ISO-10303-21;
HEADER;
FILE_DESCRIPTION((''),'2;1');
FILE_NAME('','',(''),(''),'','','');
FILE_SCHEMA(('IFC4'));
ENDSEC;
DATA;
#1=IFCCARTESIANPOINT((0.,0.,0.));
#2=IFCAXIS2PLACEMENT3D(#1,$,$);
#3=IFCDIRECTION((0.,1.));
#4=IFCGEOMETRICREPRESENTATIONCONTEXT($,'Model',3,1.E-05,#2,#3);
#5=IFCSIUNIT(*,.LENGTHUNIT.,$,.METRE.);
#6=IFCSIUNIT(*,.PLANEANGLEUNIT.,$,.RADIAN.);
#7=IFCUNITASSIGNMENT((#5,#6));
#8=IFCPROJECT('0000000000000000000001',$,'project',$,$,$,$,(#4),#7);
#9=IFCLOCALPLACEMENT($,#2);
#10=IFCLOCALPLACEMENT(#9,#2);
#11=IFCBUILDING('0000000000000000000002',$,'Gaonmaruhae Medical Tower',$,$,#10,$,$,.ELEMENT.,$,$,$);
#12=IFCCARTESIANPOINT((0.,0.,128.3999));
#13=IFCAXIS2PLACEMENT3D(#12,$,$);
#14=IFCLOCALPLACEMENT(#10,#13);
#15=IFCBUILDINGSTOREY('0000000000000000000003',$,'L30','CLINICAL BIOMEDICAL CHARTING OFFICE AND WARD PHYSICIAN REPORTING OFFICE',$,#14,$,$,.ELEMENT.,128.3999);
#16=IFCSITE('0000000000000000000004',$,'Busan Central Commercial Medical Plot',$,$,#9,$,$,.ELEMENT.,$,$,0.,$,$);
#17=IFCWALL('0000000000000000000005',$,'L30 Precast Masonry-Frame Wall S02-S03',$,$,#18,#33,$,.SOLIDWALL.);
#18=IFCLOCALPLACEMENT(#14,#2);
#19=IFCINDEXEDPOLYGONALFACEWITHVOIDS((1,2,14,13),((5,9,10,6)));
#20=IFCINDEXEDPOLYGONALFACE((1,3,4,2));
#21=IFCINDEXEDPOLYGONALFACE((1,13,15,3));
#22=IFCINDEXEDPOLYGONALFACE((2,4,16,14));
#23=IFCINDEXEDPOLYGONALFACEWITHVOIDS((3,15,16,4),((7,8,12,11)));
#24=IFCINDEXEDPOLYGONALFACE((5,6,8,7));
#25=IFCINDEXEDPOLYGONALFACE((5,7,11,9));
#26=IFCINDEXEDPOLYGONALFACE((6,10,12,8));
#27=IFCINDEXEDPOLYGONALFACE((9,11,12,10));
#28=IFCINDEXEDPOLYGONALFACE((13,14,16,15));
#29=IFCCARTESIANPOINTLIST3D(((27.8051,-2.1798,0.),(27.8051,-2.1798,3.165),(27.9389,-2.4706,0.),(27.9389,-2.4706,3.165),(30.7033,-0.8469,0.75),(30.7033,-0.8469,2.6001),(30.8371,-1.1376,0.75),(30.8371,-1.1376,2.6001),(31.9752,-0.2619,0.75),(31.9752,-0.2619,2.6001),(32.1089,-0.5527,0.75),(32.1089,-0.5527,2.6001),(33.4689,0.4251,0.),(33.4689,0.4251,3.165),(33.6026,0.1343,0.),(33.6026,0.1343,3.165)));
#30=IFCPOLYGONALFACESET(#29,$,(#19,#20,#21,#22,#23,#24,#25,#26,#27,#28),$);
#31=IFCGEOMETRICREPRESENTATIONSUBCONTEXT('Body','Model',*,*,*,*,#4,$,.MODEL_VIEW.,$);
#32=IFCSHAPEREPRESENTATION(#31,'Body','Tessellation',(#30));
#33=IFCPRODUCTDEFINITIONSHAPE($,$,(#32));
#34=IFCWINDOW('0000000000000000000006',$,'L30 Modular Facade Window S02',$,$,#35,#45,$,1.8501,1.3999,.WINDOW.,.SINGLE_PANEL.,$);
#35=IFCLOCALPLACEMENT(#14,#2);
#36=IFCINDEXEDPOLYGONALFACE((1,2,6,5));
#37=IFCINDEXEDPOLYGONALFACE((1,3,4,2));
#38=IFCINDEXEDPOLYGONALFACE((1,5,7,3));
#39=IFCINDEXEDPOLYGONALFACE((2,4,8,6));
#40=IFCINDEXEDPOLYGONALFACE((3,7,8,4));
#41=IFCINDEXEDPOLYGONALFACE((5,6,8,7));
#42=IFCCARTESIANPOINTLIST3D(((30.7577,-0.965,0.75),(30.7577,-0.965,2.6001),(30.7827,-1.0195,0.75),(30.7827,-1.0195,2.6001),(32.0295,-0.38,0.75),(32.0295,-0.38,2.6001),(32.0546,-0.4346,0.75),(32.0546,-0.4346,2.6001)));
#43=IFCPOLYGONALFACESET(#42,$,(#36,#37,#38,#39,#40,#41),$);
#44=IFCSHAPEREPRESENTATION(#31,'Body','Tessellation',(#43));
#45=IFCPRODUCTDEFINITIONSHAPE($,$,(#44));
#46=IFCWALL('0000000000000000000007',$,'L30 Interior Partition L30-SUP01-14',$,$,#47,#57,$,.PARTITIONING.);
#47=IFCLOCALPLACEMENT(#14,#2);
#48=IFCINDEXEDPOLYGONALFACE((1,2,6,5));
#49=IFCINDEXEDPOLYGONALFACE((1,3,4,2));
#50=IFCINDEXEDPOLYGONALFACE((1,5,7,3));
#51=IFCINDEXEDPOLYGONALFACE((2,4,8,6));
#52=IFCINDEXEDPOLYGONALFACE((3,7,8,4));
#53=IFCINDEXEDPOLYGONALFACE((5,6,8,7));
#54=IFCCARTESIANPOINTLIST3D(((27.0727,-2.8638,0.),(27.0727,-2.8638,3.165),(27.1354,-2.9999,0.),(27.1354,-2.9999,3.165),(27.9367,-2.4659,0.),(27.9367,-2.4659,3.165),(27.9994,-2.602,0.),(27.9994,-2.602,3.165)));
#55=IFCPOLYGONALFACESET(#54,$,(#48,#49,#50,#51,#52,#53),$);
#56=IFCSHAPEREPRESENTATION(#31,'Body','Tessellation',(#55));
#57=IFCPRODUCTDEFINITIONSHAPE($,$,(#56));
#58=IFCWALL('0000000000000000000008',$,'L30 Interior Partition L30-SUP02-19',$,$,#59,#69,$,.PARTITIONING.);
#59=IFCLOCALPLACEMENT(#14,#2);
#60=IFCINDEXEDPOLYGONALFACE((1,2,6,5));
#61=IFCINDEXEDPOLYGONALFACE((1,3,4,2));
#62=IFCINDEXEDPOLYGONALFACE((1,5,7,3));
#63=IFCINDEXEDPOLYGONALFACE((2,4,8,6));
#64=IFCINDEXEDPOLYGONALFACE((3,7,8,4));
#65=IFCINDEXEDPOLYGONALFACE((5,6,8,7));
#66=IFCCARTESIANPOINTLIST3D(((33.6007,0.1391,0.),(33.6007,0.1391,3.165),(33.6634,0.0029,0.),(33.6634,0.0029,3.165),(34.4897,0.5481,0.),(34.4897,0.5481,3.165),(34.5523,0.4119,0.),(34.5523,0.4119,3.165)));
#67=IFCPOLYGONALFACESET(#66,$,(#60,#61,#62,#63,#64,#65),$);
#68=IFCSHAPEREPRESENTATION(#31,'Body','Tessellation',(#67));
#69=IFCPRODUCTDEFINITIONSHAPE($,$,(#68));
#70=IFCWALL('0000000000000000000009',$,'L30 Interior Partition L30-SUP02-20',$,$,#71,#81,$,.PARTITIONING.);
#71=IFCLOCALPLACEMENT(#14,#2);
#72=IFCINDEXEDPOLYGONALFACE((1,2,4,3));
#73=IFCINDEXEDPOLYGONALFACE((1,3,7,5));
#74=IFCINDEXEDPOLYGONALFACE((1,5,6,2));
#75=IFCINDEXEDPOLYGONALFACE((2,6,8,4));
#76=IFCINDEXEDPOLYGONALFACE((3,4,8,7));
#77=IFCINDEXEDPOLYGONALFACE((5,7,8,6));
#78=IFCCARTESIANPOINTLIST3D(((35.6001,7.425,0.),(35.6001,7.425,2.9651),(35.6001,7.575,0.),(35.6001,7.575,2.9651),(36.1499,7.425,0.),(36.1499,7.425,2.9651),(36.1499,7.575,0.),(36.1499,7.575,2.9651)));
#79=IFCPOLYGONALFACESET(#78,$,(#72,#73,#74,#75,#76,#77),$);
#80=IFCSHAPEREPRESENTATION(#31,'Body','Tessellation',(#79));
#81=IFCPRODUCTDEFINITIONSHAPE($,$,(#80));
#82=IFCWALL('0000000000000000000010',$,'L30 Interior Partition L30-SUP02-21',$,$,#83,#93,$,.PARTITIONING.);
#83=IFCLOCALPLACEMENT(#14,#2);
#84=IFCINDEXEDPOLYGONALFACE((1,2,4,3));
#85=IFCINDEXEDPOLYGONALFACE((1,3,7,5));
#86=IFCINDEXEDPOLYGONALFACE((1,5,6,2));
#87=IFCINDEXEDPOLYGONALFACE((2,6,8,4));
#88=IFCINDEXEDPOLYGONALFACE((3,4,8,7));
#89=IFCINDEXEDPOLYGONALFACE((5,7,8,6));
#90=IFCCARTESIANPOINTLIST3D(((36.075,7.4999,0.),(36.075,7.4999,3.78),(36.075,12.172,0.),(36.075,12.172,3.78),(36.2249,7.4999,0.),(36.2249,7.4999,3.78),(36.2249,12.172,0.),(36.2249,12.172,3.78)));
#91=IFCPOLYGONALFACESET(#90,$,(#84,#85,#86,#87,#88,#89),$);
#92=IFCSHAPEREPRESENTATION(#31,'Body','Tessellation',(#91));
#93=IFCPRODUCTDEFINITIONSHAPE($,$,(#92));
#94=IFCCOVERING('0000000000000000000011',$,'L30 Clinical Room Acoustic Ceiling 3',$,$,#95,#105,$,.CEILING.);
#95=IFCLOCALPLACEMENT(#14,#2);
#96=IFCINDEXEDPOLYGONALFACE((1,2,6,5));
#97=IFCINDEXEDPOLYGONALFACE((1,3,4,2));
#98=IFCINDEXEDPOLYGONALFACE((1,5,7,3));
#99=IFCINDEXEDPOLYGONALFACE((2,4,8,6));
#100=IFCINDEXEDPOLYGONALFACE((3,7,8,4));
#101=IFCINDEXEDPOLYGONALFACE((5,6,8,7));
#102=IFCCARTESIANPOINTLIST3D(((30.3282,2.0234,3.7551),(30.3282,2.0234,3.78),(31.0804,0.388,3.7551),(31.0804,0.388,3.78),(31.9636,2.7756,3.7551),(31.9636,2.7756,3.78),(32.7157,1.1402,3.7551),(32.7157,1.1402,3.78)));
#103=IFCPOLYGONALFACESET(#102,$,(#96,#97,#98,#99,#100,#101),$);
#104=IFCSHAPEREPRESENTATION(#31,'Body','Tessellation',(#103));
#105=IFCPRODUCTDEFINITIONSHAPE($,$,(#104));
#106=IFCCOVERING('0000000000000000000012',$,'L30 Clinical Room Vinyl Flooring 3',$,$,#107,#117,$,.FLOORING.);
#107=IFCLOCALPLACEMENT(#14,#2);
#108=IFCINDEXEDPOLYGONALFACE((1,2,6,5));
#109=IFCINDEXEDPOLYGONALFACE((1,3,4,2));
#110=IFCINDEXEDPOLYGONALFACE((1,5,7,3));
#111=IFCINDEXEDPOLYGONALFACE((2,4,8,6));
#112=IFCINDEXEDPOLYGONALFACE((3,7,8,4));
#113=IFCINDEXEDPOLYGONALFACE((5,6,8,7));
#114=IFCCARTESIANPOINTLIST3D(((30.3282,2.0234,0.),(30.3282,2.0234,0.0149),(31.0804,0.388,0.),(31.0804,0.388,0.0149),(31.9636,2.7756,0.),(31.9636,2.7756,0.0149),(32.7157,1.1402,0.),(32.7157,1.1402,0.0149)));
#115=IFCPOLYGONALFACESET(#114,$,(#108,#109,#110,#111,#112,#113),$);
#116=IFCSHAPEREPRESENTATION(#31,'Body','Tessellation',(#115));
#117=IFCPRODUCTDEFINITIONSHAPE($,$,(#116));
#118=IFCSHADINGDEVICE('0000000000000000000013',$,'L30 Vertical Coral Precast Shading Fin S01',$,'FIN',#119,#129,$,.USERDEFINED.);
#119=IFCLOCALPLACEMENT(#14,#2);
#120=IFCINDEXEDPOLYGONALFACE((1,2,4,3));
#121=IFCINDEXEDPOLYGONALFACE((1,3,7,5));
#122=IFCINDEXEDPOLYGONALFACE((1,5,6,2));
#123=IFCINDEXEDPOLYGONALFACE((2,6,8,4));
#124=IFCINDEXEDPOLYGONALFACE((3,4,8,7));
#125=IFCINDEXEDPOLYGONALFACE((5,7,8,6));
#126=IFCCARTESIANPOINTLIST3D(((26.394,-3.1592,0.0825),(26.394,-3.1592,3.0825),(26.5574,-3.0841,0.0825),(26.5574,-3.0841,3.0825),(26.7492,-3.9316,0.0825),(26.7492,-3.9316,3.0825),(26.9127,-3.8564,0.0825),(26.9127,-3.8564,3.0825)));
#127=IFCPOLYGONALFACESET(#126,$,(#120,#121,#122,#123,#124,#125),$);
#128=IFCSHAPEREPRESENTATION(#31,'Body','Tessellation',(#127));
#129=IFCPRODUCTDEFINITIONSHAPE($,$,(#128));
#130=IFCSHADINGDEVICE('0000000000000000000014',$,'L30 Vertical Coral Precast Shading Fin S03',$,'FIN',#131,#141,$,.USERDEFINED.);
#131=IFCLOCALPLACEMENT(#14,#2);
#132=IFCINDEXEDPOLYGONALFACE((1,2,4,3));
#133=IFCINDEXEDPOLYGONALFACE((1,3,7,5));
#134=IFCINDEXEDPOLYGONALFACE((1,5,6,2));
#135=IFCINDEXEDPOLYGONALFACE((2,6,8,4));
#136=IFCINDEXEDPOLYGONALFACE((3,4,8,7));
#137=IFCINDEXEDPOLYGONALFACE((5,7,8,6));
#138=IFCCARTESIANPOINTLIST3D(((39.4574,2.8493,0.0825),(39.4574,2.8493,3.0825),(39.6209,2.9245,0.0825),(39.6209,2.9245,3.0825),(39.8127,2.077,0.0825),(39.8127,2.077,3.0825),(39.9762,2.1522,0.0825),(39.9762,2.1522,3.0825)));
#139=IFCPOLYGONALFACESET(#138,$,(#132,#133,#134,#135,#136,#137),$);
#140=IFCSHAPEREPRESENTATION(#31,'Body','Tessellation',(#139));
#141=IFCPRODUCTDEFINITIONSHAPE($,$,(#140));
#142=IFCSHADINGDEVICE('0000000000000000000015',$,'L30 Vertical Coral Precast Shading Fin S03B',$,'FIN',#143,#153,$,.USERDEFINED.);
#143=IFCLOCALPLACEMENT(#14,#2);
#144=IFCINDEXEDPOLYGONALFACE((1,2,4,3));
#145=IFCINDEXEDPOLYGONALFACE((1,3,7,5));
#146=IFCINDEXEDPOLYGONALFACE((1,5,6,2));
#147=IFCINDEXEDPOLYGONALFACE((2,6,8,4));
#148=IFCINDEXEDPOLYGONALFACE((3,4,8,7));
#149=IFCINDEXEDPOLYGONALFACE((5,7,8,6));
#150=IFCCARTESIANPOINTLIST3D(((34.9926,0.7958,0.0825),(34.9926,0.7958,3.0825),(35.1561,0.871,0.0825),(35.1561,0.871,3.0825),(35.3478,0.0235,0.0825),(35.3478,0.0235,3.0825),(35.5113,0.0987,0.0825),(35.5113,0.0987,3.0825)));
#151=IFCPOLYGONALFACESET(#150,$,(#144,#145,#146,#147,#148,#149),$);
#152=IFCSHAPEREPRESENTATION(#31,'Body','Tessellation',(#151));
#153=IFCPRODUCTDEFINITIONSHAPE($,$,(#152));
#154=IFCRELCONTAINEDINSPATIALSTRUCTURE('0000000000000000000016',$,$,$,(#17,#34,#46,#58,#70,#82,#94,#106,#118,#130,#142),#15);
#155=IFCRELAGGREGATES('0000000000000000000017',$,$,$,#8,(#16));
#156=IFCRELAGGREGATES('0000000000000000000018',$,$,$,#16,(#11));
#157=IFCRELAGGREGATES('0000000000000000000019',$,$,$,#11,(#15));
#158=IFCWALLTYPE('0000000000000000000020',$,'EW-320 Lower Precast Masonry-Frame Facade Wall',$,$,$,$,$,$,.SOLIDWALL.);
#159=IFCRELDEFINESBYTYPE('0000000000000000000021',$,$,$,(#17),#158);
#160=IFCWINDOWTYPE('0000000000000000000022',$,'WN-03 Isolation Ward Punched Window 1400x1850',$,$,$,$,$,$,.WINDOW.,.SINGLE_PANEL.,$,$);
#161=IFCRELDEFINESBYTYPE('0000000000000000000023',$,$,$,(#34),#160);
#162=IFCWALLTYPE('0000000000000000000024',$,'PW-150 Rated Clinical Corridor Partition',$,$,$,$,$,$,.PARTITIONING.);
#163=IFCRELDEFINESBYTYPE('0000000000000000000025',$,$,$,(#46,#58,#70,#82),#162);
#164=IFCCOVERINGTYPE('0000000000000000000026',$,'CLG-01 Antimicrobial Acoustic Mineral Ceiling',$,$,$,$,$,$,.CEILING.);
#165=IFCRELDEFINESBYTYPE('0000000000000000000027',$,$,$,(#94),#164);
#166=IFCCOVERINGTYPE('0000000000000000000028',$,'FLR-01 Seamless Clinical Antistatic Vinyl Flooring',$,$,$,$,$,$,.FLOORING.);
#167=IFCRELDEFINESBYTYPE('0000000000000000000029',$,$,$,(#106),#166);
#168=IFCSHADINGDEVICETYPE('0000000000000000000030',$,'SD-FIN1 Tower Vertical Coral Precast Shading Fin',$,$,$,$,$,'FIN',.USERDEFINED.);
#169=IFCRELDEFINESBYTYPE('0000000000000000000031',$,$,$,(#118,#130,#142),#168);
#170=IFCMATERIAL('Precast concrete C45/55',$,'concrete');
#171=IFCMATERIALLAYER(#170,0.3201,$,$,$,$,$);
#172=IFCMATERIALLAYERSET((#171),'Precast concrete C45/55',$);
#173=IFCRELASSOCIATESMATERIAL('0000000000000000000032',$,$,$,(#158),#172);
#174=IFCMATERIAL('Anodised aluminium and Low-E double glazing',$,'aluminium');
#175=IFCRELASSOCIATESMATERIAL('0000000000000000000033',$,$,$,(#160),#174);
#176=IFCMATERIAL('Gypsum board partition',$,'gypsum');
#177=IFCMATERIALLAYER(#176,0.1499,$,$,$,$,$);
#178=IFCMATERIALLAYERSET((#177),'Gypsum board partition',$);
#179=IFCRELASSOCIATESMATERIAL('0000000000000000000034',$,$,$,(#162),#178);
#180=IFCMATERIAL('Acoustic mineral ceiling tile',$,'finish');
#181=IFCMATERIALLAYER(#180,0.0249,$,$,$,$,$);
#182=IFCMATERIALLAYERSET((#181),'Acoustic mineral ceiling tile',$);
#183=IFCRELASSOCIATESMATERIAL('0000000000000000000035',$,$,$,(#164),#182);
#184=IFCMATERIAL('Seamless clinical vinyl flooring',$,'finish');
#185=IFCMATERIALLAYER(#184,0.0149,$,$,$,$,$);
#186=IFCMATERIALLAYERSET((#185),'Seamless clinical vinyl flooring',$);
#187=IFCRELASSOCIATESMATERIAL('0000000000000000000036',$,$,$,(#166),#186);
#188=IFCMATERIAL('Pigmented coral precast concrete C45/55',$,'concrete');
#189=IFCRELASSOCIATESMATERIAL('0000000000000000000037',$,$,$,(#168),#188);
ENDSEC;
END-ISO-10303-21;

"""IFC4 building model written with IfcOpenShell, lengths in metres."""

from ifc_helpers import new_model, si_unit, direction, frame, frame_2d, origin, origin_2d, place, context, subcontext, project, spatial, rectangle, extrude, material, layer, layer_set, type_object, element, fill, save


model = new_model("IFC4")

# Units and contexts
model_context = context("Model", 3, precision=1e-05, world=origin(), true_north=direction((0.0, 1.0)))
body_context = subcontext(model_context, "Body", "Model", "MODEL_VIEW")
ifc_project = project(units=[si_unit("LENGTHUNIT", "METRE"), si_unit("PLANEANGLEUNIT", "RADIAN")], contexts=[model_context])

# Site, building, storey
site_placement = place(None, origin())
site = spatial("IfcSite", under=ifc_project, at=site_placement, Name="Busan Central Commercial Medical Plot", CompositionType="ELEMENT", RefElevation=0.0)
building_placement = place(site_placement, origin())
building = spatial("IfcBuilding", under=site, at=building_placement, Name="Gaonmaruhae Medical Tower", CompositionType="ELEMENT")
storey_placement = place(building_placement, frame((0.0, 0.0, 128.3999)))
storey = spatial("IfcBuildingStorey", under=building, at=storey_placement, Name="L30", Description="CLINICAL BIOMEDICAL CHARTING OFFICE AND WARD PHYSICIAN REPORTING OFFICE", CompositionType="ELEMENT", Elevation=128.3999)

# Wall, opening, window
ifc_material_1 = material(Name="Precast concrete C45/55", Category="concrete")
ifc_layer_1 = layer(ifc_material_1, 0.3201)
ifc_layer_set_1 = layer_set([ifc_layer_1], Name="Precast concrete C45/55")
wall_type_1 = type_object("IfcWallType", Name="EW-320 Lower Precast Masonry-Frame Facade Wall", PredefinedType="SOLIDWALL", material=ifc_layer_set_1)
ifc_material_2 = material(Name="Anodised aluminium and Low-E double glazing", Category="aluminium")
wall_1_placement = place(storey_placement, frame((33.5359, 0.2798, 0.0), z_axis=(0.0, 0.0, 1.0), x_axis=(-0.908513, -0.417856, 0.0)))
wall_1 = element("IfcWall", 1, at=wall_1_placement, inside=storey, type_object=wall_type_1, Name="L30 Precast Masonry-Frame Wall S02-S03", PredefinedType="SOLIDWALL", context=body_context, shape_type="SweptSolid", body=[
    extrude(rectangle(XDim=6.2341, YDim=0.3201, at=frame_2d((3.1172, 0.0))), origin(), (0.0, 0.0, 1.0), 3.165),
])
opening_1_placement = place(wall_1_placement, frame((1.6443, 0.0, 0.75)))
opening_1 = element("IfcOpeningElement", 2, at=opening_1_placement, cuts=wall_1, PredefinedType="OPENING", context=body_context, shape_type="SweptSolid", body=[
    extrude(rectangle(XDim=1.3999, YDim=1.8501, at=frame_2d((0.7, 0.925))), frame((0.0, 0.1699, 0.0), z_axis=(0.0, -1.0, 0.0), x_axis=(1.0, 0.0, 0.0)), (0.0, 0.0, 1.0), 0.3401),
])
window_type_1 = type_object("IfcWindowType", Name="WN-03 Isolation Ward Punched Window 1400x1850", PartitioningType="SINGLE_PANEL", PredefinedType="WINDOW", material=ifc_material_2)
window_1_placement = place(opening_1_placement, origin())
window_1 = element("IfcWindow", 3, at=window_1_placement, inside=storey, type_object=window_type_1, Name="L30 Modular Facade Window S02", OverallHeight=1.8501, OverallWidth=1.3999, PartitioningType="SINGLE_PANEL", PredefinedType="WINDOW", context=body_context, shape_type="SweptSolid", body=[
    extrude(rectangle(XDim=1.3999, YDim=1.8501, at=frame_2d((0.7, 0.925))), frame((0.0, 0.03, 0.0), z_axis=(0.0, -1.0, 0.0), x_axis=(1.0, 0.0, 0.0)), (0.0, 0.0, 1.0), 0.0601),
])
fill(opening_1, window_1)

# Walls
ifc_material_3 = material(Name="Gypsum board partition", Category="gypsum")
ifc_layer_2 = layer(ifc_material_3, 0.1499)
ifc_layer_set_2 = layer_set([ifc_layer_2], Name="Gypsum board partition")
wall_type_2 = type_object("IfcWallType", Name="PW-150 Rated Clinical Corridor Partition", PredefinedType="PARTITIONING", material=ifc_layer_set_2)
wall_2_placement = place(storey_placement, frame((27.968, -2.5339, 0.0), z_axis=(0.0, 0.0, 1.0), x_axis=(-0.90829, -0.418342, 0.0)))
element("IfcWall", 4, at=wall_2_placement, inside=storey, type_object=wall_type_2, Name="L30 Interior Partition L30-SUP01-14", PredefinedType="PARTITIONING", context=body_context, shape_type="SweptSolid", body=[
    extrude(rectangle(XDim=0.9512, YDim=0.1499, at=frame_2d((0.4756, 0.0))), origin(), (0.0, 0.0, 1.0), 3.165),
])
wall_3_placement = place(storey_placement, frame((34.521, 0.48, 0.0), z_axis=(0.0, 0.0, 1.0), x_axis=(-0.908477, -0.417934, 0.0)))
element("IfcWall", 5, at=wall_3_placement, inside=storey, type_object=wall_type_2, Name="L30 Interior Partition L30-SUP02-19", PredefinedType="PARTITIONING", context=body_context, shape_type="SweptSolid", body=[
    extrude(rectangle(XDim=0.9785, YDim=0.1499, at=frame_2d((0.4893, 0.0))), origin(), (0.0, 0.0, 1.0), 3.165),
])
wall_4_placement = place(storey_placement, frame((35.6001, 7.5, 0.0), z_axis=(0.0, 0.0, 1.0), x_axis=(1.0, 0.0, 0.0)))
element("IfcWall", 6, at=wall_4_placement, inside=storey, type_object=wall_type_2, Name="L30 Interior Partition L30-SUP02-20", PredefinedType="PARTITIONING", context=body_context, shape_type="SweptSolid", body=[
    extrude(rectangle(XDim=0.5498, YDim=0.1499, at=frame_2d((0.2749, 0.0))), origin(), (0.0, 0.0, 1.0), 2.9651),
])
wall_5_placement = place(storey_placement, frame((36.1499, 7.5, 0.0), z_axis=(0.0, 0.0, 1.0), x_axis=(0.0, 1.0, 0.0)))
element("IfcWall", 7, at=wall_5_placement, inside=storey, type_object=wall_type_2, Name="L30 Interior Partition L30-SUP02-21", PredefinedType="PARTITIONING", context=body_context, shape_type="SweptSolid", body=[
    extrude(rectangle(XDim=4.6721, YDim=0.1499, at=frame_2d((2.3359, 0.0))), origin(), (0.0, 0.0, 1.0), 3.78),
])

# Coverings
ifc_material_4 = material(Name="Acoustic mineral ceiling tile", Category="finish")
ifc_layer_3 = layer(ifc_material_4, 0.0249)
ifc_layer_set_3 = layer_set([ifc_layer_3], Name="Acoustic mineral ceiling tile")
covering_type_1 = type_object("IfcCoveringType", Name="CLG-01 Antimicrobial Acoustic Mineral Ceiling", PredefinedType="CEILING", material=ifc_layer_set_3)
covering_1_placement = place(storey_placement, frame((31.522, 1.5818, 3.7551), z_axis=(0.0, 0.0, 1.0), x_axis=(0.908508, 0.417867, 0.0)))
element("IfcCovering", 8, at=covering_1_placement, inside=storey, type_object=covering_type_1, Name="L30 Clinical Room Acoustic Ceiling 3", PredefinedType="CEILING", context=body_context, shape_type="SweptSolid", body=[
    extrude(rectangle(XDim=1.8, YDim=1.8, at=origin_2d()), origin(), (0.0, 0.0, 1.0), 0.0249),
])
ifc_material_5 = material(Name="Seamless clinical vinyl flooring", Category="finish")
ifc_layer_4 = layer(ifc_material_5, 0.0149)
ifc_layer_set_4 = layer_set([ifc_layer_4], Name="Seamless clinical vinyl flooring")
covering_type_2 = type_object("IfcCoveringType", Name="FLR-01 Seamless Clinical Antistatic Vinyl Flooring", PredefinedType="FLOORING", material=ifc_layer_set_4)
covering_2_placement = place(storey_placement, frame((31.522, 1.5818, 0.0), z_axis=(0.0, 0.0, 1.0), x_axis=(0.908508, 0.417867, 0.0)))
element("IfcCovering", 9, at=covering_2_placement, inside=storey, type_object=covering_type_2, Name="L30 Clinical Room Vinyl Flooring 3", PredefinedType="FLOORING", context=body_context, shape_type="SweptSolid", body=[
    extrude(rectangle(XDim=1.8, YDim=1.8, at=origin_2d()), origin(), (0.0, 0.0, 1.0), 0.0149),
])

# Shading devices
ifc_material_6 = material(Name="Pigmented coral precast concrete C45/55", Category="concrete")
shading_device_type = type_object("IfcShadingDeviceType", Name="SD-FIN1 Tower Vertical Coral Precast Shading Fin", ElementType="FIN", PredefinedType="USERDEFINED", material=ifc_material_6)
for number, where, z_axis, x_axis, name in (
    (10, (26.6533, -3.5078, 0.0825), (0.0, 0.0, 1.0), (-0.908508, -0.417867, 0.0), "L30 Vertical Coral Precast Shading Fin S01"),
    (11, (39.7168, 2.5007, 0.0825), (0.0, 0.0, 1.0), (-0.908501, -0.417883, 0.0), "L30 Vertical Coral Precast Shading Fin S03"),
    (12, (35.252, 0.4473, 0.0825), (0.0, 0.0, 1.0), (-0.908501, -0.417883, 0.0), "L30 Vertical Coral Precast Shading Fin S03B"),
):
    element("IfcShadingDevice", number, at=place(storey_placement, frame(where, z_axis=z_axis, x_axis=x_axis)), inside=storey, type_object=shading_device_type, Name=name, ObjectType="FIN", PredefinedType="USERDEFINED", context=body_context, shape_type="SweptSolid", body=[
        extrude(rectangle(XDim=0.1799, YDim=0.8501, at=origin_2d()), origin(), (0.0, 0.0, 1.0), 3.0),
    ])

save(model, "model.ifc")
